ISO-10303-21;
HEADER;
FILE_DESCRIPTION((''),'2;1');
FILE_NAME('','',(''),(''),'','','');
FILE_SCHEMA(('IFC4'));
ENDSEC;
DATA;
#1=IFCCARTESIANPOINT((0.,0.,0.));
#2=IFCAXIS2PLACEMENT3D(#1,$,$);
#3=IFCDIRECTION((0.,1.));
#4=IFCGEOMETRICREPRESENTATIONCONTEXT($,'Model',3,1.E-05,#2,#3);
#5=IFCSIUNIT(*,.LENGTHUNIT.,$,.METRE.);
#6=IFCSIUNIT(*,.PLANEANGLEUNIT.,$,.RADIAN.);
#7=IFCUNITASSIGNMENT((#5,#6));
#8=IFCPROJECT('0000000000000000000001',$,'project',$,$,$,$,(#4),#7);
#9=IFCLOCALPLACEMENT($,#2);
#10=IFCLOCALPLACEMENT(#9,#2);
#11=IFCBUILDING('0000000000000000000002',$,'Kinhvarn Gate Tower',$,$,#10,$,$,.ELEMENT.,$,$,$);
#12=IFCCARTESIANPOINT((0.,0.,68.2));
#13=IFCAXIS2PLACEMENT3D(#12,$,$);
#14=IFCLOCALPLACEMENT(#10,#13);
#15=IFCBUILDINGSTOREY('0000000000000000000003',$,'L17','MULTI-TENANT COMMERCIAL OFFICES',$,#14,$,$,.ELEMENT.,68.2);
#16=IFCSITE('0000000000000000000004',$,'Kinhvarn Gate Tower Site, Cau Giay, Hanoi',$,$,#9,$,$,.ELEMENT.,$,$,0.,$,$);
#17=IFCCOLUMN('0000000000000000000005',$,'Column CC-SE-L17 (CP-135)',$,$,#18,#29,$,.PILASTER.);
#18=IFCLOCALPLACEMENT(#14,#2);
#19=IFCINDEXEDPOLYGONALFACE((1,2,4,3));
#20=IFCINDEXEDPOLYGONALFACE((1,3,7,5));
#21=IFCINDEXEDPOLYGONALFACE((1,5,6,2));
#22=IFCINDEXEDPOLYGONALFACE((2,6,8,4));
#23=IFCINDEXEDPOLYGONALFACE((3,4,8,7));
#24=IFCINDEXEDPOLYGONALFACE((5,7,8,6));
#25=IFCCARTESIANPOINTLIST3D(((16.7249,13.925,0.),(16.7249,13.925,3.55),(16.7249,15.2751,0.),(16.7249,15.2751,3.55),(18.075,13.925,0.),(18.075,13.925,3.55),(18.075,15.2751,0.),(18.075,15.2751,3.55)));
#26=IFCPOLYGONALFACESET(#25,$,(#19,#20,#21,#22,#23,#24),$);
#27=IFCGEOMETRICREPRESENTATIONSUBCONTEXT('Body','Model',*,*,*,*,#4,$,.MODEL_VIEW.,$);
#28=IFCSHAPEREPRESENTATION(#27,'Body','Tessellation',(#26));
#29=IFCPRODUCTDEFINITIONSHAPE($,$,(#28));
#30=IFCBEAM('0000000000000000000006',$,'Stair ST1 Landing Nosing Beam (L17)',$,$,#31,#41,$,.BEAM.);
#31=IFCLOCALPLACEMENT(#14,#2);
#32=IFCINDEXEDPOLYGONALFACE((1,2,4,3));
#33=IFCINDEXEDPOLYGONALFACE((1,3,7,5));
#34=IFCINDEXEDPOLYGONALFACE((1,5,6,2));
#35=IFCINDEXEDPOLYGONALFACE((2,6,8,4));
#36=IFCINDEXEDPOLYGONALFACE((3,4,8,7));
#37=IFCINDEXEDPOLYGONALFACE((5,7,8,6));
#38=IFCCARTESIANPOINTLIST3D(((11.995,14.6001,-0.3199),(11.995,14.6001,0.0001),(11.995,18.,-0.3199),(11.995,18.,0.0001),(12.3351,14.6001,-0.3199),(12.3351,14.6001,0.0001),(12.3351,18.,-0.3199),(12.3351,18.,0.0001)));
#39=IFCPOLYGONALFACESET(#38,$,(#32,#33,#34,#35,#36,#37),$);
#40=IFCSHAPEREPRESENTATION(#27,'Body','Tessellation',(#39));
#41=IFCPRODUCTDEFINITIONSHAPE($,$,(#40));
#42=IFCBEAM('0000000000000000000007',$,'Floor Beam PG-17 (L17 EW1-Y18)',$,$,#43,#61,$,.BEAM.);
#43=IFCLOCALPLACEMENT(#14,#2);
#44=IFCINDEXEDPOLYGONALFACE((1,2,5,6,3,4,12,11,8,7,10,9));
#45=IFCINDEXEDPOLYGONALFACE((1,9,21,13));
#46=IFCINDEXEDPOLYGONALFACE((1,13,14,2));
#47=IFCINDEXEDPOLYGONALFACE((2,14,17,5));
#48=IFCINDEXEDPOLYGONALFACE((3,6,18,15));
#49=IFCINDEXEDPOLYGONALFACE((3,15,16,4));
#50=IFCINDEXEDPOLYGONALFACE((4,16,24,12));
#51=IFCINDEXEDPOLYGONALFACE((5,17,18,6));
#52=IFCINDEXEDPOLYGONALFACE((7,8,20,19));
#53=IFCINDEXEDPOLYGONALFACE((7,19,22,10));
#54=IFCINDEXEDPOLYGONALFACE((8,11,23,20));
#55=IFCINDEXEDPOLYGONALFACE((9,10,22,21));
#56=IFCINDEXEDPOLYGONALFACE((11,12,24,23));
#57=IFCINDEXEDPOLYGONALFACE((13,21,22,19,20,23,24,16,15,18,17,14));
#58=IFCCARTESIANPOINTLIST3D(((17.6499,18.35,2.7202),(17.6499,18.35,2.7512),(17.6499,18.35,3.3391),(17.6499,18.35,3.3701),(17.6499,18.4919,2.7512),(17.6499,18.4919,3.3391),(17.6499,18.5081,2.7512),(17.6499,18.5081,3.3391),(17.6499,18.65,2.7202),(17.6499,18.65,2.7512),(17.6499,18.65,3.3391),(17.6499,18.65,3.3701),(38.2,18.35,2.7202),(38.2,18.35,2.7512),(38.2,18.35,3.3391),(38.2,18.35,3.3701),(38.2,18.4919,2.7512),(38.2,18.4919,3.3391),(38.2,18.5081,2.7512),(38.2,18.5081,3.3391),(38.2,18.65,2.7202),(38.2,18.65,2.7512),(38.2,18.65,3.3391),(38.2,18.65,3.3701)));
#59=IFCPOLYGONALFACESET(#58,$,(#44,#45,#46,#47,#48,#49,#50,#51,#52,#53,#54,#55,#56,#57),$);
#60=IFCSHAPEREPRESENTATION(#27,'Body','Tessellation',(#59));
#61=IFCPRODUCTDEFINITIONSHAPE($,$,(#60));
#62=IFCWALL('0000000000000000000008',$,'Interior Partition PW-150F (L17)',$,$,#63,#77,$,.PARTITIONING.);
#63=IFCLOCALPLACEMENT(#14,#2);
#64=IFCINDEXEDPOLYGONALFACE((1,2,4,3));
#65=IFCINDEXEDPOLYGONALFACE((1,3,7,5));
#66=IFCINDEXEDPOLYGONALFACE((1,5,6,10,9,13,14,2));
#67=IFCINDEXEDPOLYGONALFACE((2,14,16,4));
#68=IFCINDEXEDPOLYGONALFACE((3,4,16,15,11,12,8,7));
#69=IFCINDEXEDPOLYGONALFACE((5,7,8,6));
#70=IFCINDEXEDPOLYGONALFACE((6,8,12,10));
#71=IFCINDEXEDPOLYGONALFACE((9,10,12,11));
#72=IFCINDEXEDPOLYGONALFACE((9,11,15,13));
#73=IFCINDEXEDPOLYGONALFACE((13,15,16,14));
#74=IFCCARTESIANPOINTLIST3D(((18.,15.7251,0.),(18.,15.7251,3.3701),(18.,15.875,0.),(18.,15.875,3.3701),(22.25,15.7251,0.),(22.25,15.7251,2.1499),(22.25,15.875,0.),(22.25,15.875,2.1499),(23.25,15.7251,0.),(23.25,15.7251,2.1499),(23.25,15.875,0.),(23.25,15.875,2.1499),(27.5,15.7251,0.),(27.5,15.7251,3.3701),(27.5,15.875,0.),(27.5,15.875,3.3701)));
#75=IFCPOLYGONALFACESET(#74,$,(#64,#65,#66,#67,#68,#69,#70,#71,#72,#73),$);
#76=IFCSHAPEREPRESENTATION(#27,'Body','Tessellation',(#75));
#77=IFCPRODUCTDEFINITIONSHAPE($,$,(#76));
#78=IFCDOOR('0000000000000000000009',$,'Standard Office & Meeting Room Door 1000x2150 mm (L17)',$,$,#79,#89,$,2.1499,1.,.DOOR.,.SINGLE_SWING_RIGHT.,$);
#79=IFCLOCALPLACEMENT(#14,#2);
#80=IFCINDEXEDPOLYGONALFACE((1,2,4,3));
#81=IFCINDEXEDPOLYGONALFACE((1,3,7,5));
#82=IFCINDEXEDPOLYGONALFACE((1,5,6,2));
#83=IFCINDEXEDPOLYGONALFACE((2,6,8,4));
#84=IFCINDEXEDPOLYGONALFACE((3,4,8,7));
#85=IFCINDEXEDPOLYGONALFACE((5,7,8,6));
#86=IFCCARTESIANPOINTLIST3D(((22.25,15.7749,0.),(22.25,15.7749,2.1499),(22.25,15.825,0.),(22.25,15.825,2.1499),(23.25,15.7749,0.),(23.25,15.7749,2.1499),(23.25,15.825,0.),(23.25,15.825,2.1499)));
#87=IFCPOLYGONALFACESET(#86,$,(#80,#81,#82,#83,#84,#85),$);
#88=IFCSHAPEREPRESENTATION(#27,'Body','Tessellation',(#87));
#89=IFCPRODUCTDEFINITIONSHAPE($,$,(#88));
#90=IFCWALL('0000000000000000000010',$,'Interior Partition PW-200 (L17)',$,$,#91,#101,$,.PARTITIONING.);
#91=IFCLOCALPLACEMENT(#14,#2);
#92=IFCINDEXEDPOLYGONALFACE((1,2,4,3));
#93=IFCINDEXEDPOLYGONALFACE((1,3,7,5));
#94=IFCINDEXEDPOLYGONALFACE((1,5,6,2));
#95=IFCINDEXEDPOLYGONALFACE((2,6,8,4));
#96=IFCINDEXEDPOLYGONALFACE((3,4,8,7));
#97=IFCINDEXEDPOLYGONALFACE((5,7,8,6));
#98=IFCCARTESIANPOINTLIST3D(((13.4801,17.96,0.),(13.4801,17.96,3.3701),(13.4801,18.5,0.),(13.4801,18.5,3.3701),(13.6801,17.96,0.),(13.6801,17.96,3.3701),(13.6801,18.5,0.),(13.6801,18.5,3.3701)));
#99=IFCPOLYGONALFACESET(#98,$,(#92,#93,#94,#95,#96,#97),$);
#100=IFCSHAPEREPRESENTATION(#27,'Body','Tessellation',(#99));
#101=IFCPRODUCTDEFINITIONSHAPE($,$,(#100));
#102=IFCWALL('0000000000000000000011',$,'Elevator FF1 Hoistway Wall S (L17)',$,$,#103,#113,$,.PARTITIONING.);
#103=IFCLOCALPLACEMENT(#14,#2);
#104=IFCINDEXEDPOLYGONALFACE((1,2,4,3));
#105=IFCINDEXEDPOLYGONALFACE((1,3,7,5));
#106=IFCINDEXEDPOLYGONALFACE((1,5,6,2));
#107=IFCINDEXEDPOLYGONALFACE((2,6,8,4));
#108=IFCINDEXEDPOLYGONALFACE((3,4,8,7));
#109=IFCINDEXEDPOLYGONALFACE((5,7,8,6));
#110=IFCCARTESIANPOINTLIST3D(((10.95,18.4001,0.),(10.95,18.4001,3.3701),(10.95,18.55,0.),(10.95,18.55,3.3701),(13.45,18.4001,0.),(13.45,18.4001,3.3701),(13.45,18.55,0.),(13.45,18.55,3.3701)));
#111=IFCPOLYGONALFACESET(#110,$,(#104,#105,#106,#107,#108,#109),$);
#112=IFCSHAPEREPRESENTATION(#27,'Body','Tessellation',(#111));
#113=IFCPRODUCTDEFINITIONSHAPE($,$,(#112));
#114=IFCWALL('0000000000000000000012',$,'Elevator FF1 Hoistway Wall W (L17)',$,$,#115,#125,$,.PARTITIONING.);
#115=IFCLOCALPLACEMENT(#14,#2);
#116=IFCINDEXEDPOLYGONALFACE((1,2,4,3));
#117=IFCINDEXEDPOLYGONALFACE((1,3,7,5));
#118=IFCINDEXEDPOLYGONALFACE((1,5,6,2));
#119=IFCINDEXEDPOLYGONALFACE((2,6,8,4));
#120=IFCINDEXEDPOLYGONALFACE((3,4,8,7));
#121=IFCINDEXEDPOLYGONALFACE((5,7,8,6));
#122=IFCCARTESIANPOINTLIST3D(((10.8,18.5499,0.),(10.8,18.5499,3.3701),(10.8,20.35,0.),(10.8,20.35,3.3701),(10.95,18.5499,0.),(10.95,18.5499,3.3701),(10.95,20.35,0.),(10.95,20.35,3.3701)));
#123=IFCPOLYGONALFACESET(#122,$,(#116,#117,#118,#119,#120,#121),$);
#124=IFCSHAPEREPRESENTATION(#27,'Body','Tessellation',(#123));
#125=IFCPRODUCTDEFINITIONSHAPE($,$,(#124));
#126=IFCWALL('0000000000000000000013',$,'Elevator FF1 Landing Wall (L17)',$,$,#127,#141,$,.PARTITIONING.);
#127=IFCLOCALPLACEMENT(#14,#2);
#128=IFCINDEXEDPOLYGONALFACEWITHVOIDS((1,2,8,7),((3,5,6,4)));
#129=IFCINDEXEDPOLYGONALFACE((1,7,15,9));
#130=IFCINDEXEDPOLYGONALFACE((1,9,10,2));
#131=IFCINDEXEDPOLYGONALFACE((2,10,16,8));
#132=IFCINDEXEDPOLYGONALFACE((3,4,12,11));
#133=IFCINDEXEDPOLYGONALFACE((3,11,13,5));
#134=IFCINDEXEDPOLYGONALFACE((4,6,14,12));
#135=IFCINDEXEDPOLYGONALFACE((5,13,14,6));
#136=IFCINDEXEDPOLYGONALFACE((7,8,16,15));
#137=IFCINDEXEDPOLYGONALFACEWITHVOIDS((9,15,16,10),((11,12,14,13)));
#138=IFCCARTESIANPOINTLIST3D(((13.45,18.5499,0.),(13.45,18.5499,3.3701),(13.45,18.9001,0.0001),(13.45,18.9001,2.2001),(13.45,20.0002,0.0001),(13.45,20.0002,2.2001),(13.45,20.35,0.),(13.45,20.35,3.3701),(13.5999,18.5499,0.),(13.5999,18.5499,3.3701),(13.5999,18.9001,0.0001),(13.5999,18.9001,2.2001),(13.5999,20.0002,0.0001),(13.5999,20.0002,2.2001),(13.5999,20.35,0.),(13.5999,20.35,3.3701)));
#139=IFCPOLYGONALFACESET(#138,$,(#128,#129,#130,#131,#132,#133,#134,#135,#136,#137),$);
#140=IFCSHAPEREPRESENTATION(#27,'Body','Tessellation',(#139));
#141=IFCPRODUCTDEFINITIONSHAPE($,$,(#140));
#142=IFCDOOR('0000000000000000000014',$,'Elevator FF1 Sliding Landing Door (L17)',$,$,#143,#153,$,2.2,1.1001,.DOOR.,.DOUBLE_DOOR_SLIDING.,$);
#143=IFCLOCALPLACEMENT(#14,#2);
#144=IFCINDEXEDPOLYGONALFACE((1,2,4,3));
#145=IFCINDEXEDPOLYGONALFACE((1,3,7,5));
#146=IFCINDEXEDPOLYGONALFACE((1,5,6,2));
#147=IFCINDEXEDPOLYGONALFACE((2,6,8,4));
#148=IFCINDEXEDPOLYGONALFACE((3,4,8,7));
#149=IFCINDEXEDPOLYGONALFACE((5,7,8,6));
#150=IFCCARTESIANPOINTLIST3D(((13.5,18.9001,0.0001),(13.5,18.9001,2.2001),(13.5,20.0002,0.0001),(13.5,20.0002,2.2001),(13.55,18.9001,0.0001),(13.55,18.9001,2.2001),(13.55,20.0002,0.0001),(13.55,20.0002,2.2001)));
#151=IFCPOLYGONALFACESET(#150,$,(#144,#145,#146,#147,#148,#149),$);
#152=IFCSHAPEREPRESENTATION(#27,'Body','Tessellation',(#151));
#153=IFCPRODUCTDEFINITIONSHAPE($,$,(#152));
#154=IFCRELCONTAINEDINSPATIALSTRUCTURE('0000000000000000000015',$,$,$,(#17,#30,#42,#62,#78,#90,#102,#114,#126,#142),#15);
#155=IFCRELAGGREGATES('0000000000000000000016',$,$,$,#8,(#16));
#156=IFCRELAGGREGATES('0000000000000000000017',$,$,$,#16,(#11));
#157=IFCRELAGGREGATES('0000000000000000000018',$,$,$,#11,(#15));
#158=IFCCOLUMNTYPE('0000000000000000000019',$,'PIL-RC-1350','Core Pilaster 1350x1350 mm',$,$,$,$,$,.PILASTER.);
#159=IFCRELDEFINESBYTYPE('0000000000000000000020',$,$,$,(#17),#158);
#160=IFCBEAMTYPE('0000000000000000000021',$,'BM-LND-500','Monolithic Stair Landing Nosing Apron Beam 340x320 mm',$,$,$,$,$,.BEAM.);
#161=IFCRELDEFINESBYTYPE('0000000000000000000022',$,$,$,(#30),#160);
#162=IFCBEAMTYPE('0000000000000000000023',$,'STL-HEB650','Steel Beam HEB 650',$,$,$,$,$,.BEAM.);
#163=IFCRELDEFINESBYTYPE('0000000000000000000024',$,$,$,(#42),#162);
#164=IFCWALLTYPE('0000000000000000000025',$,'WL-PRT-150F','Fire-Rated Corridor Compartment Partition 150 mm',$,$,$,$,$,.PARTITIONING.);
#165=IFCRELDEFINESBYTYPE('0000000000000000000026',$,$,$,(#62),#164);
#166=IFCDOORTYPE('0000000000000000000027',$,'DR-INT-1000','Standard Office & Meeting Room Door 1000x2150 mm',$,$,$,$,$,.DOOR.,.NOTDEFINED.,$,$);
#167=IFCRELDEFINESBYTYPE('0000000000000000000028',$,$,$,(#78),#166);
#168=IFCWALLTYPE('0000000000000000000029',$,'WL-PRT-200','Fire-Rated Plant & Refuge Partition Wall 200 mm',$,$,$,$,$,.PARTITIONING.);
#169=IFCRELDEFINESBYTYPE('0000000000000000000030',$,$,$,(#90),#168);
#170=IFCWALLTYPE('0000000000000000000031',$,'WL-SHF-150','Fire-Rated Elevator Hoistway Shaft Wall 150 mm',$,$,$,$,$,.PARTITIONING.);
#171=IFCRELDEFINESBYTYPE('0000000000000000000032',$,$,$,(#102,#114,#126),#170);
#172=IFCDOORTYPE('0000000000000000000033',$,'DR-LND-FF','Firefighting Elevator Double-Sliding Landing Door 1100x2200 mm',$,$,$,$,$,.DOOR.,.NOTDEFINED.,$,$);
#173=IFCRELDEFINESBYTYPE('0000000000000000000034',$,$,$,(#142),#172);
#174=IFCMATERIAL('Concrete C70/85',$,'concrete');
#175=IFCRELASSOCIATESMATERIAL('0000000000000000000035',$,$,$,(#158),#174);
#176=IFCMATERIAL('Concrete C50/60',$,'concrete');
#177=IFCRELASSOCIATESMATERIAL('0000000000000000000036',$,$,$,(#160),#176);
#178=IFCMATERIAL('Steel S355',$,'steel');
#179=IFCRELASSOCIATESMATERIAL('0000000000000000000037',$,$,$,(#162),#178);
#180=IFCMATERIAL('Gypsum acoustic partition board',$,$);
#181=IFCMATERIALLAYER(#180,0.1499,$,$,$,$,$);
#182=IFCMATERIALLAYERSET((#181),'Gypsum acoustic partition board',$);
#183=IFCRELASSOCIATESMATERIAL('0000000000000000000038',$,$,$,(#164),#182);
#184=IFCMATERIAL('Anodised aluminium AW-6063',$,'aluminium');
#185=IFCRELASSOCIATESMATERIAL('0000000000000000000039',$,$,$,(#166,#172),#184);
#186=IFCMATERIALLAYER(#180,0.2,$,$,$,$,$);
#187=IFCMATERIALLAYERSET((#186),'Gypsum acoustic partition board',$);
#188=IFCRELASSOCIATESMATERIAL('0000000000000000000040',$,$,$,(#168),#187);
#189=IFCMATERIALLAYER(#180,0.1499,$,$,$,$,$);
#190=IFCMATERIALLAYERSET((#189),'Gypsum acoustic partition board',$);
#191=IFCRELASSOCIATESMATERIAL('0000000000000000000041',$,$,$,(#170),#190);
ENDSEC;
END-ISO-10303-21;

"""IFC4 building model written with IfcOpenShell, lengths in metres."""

from ifc_helpers import new_model, si_unit, direction, frame, frame_2d, origin, origin_2d, place, context, subcontext, project, spatial, rectangle, i_section, extrude, material, layer, layer_set, material_profile, profile_set, type_object, element, fill, save


model = new_model("IFC4")

# Units and contexts
model_context = context("Model", 3, precision=1e-05, world=origin(), true_north=direction((0.0, 1.0)))
body_context = subcontext(model_context, "Body", "Model", "MODEL_VIEW")
ifc_project = project(units=[si_unit("LENGTHUNIT", "METRE"), si_unit("PLANEANGLEUNIT", "RADIAN")], contexts=[model_context])

# Site, building, storey
site_placement = place(None, origin())
site = spatial("IfcSite", under=ifc_project, at=site_placement, Name="Kinhvarn Gate Tower Site, Cau Giay, Hanoi", CompositionType="ELEMENT", RefElevation=0.0)
building_placement = place(site_placement, origin())
building = spatial("IfcBuilding", under=site, at=building_placement, Name="Kinhvarn Gate Tower", CompositionType="ELEMENT")
storey_placement = place(building_placement, frame((0.0, 0.0, 68.2)))
storey = spatial("IfcBuildingStorey", under=building, at=storey_placement, Name="L17", Description="MULTI-TENANT COMMERCIAL OFFICES", CompositionType="ELEMENT", Elevation=68.2)

# Column
ifc_material_1 = material(Name="Concrete C70/85", Category="concrete")
ifc_material_profile_1 = material_profile(ifc_material_1, rectangle(XDim=1.3501, YDim=1.3501, at=origin_2d()), Name="RC 1350x1350")
ifc_profile_set_1 = profile_set([ifc_material_profile_1], Name="Concrete C70/85")
column_type = type_object("IfcColumnType", Name="PIL-RC-1350", Description="Core Pilaster 1350x1350 mm", PredefinedType="PILASTER", material=ifc_profile_set_1)
column_placement = place(storey_placement, frame((17.3999, 14.6001, 0.0), z_axis=(0.0, 0.0, 1.0), x_axis=(1.0, 0.0, 0.0)))
element("IfcColumn", 1, at=column_placement, inside=storey, type_object=column_type, Name="Column CC-SE-L17 (CP-135)", PredefinedType="PILASTER", context=body_context, shape_type="SweptSolid", body=[
    extrude(rectangle(XDim=1.3501, YDim=1.3501, at=origin_2d()), origin(), (0.0, 0.0, 1.0), 3.55),
])

# Beams
ifc_material_2 = material(Name="Concrete C50/60", Category="concrete")
ifc_material_profile_2 = material_profile(ifc_material_2, rectangle(XDim=0.3401, YDim=0.3201, at=origin_2d()), Name="RC 340x320")
ifc_profile_set_2 = profile_set([ifc_material_profile_2], Name="Concrete C50/60")
beam_type_1 = type_object("IfcBeamType", Name="BM-LND-500", Description="Monolithic Stair Landing Nosing Apron Beam 340x320 mm", PredefinedType="BEAM", material=ifc_profile_set_2)
beam_1_placement = place(storey_placement, frame((12.165, 14.6001, -0.1599), z_axis=(0.0, 1.0, 0.0), x_axis=(-1.0, 0.0, 0.0)))
element("IfcBeam", 2, at=beam_1_placement, inside=storey, type_object=beam_type_1, Name="Stair ST1 Landing Nosing Beam (L17)", PredefinedType="BEAM", context=body_context, shape_type="SweptSolid", body=[
    extrude(rectangle(XDim=0.3401, YDim=0.3201, at=origin_2d()), origin(), (0.0, 0.0, 1.0), 3.3999),
])
ifc_material_3 = material(Name="Steel S355", Category="steel")
ifc_material_profile_3 = material_profile(ifc_material_3, i_section(OverallWidth=0.3, OverallDepth=0.6499, WebThickness=0.0161, FlangeThickness=0.031, at=origin_2d()), Name="HEB 650")
ifc_profile_set_3 = profile_set([ifc_material_profile_3], Name="Steel S355")
beam_type_2 = type_object("IfcBeamType", Name="STL-HEB650", Description="Steel Beam HEB 650", PredefinedType="BEAM", material=ifc_profile_set_3)
beam_2_placement = place(storey_placement, frame((17.6499, 18.5, 3.0452), z_axis=(1.0, 0.0, 0.0), x_axis=(0.0, 1.0, 0.0)))
element("IfcBeam", 3, at=beam_2_placement, inside=storey, type_object=beam_type_2, Name="Floor Beam PG-17 (L17 EW1-Y18)", PredefinedType="BEAM", context=body_context, shape_type="SweptSolid", body=[
    extrude(i_section(OverallWidth=0.3, OverallDepth=0.6499, WebThickness=0.0161, FlangeThickness=0.031, at=origin_2d()), origin(), (0.0, 0.0, 1.0), 20.55),
])

# Wall, opening, door
ifc_material_4 = material(Name="Anodised aluminium AW-6063", Category="aluminium")
ifc_material_5 = material(Name="Gypsum acoustic partition board")
ifc_layer_1 = layer(ifc_material_5, 0.1499)
ifc_layer_set_1 = layer_set([ifc_layer_1], Name="Gypsum acoustic partition board")
wall_type_1 = type_object("IfcWallType", Name="WL-PRT-150F", Description="Fire-Rated Corridor Compartment Partition 150 mm", PredefinedType="PARTITIONING", material=ifc_layer_set_1)
wall_1_placement = place(storey_placement, frame((18.0, 15.8, 0.0), z_axis=(0.0, 0.0, 1.0), x_axis=(1.0, 0.0, 0.0)))
wall_1 = element("IfcWall", 4, at=wall_1_placement, inside=storey, type_object=wall_type_1, Name="Interior Partition PW-150F (L17)", PredefinedType="PARTITIONING", context=body_context, shape_type="SweptSolid", body=[
    extrude(rectangle(XDim=9.5, YDim=0.1499, at=frame_2d((4.75, 0.0))), origin(), (0.0, 0.0, 1.0), 3.3701),
])
opening_1_placement = place(wall_1_placement, frame((4.25, 0.0, 0.0)))
opening_1 = element("IfcOpeningElement", 5, at=opening_1_placement, cuts=wall_1, PredefinedType="OPENING", context=body_context, shape_type="SweptSolid", body=[
    extrude(rectangle(XDim=1.0, YDim=2.1499, at=frame_2d((0.5, 1.075))), frame((0.0, 0.085, 0.0), z_axis=(0.0, -1.0, 0.0), x_axis=(1.0, 0.0, 0.0)), (0.0, 0.0, 1.0), 0.1699),
])
door_type_1 = type_object("IfcDoorType", Name="DR-INT-1000", Description="Standard Office & Meeting Room Door 1000x2150 mm", OperationType="NOTDEFINED", PredefinedType="DOOR", material=ifc_material_4)
door_1_placement = place(opening_1_placement, origin())
door_1 = element("IfcDoor", 6, at=door_1_placement, inside=storey, type_object=door_type_1, Name="Standard Office & Meeting Room Door 1000x2150 mm (L17)", OperationType="SINGLE_SWING_RIGHT", OverallHeight=2.1499, OverallWidth=1.0, PredefinedType="DOOR", context=body_context, shape_type="SweptSolid", body=[
    extrude(rectangle(XDim=1.0, YDim=2.1499, at=frame_2d((0.5, 1.075))), frame((0.0, 0.0249, 0.0), z_axis=(0.0, -1.0, 0.0), x_axis=(1.0, 0.0, 0.0)), (0.0, 0.0, 1.0), 0.05),
])
fill(opening_1, door_1)

# Walls
ifc_layer_2 = layer(ifc_material_5, 0.2)
ifc_layer_set_2 = layer_set([ifc_layer_2], Name="Gypsum acoustic partition board")
wall_type_2 = type_object("IfcWallType", Name="WL-PRT-200", Description="Fire-Rated Plant & Refuge Partition Wall 200 mm", PredefinedType="PARTITIONING", material=ifc_layer_set_2)
wall_2_placement = place(storey_placement, frame((13.5801, 17.96, 0.0), z_axis=(0.0, 0.0, 1.0), x_axis=(0.0, 1.0, 0.0)))
element("IfcWall", 7, at=wall_2_placement, inside=storey, type_object=wall_type_2, Name="Interior Partition PW-200 (L17)", PredefinedType="PARTITIONING", context=body_context, shape_type="SweptSolid", body=[
    extrude(rectangle(XDim=0.54, YDim=0.2, at=frame_2d((0.27, 0.0))), origin(), (0.0, 0.0, 1.0), 3.3701),
])
ifc_layer_3 = layer(ifc_material_5, 0.1499)
ifc_layer_set_3 = layer_set([ifc_layer_3], Name="Gypsum acoustic partition board")
wall_type_3 = type_object("IfcWallType", Name="WL-SHF-150", Description="Fire-Rated Elevator Hoistway Shaft Wall 150 mm", PredefinedType="PARTITIONING", material=ifc_layer_set_3)
wall_3_placement = place(storey_placement, frame((10.95, 18.4751, 0.0), z_axis=(0.0, 0.0, 1.0), x_axis=(1.0, 0.0, 0.0)))
element("IfcWall", 8, at=wall_3_placement, inside=storey, type_object=wall_type_3, Name="Elevator FF1 Hoistway Wall S (L17)", PredefinedType="PARTITIONING", context=body_context, shape_type="SweptSolid", body=[
    extrude(rectangle(XDim=2.5, YDim=0.1499, at=frame_2d((1.25, 0.0))), origin(), (0.0, 0.0, 1.0), 3.3701),
])
wall_4_placement = place(storey_placement, frame((10.875, 18.55, 0.0), z_axis=(0.0, 0.0, 1.0), x_axis=(0.0, 1.0, 0.0)))
element("IfcWall", 9, at=wall_4_placement, inside=storey, type_object=wall_type_3, Name="Elevator FF1 Hoistway Wall W (L17)", PredefinedType="PARTITIONING", context=body_context, shape_type="SweptSolid", body=[
    extrude(rectangle(XDim=1.8, YDim=0.1499, at=frame_2d((0.8999, 0.0))), origin(), (0.0, 0.0, 1.0), 3.3701),
])

# Wall, opening, door
wall_5_placement = place(storey_placement, frame((13.5249, 18.55, 0.0), z_axis=(0.0, 0.0, 1.0), x_axis=(0.0, 1.0, 0.0)))
wall_5 = element("IfcWall", 10, at=wall_5_placement, inside=storey, type_object=wall_type_3, Name="Elevator FF1 Landing Wall (L17)", PredefinedType="PARTITIONING", context=body_context, shape_type="SweptSolid", body=[
    extrude(rectangle(XDim=1.8, YDim=0.1499, at=frame_2d((0.8999, 0.0))), origin(), (0.0, 0.0, 1.0), 3.3701),
])
opening_2_placement = place(wall_5_placement, frame((0.3501, 0.0, 0.0)))
opening_2 = element("IfcOpeningElement", 11, at=opening_2_placement, cuts=wall_5, PredefinedType="OPENING", context=body_context, shape_type="SweptSolid", body=[
    extrude(rectangle(XDim=1.1001, YDim=2.2, at=frame_2d((0.55, 1.1001))), frame((0.0, 0.085, 0.0), z_axis=(0.0, -1.0, 0.0), x_axis=(1.0, 0.0, 0.0)), (0.0, 0.0, 1.0), 0.1699),
])
door_type_2 = type_object("IfcDoorType", Name="DR-LND-FF", Description="Firefighting Elevator Double-Sliding Landing Door 1100x2200 mm", OperationType="NOTDEFINED", PredefinedType="DOOR", material=ifc_material_4)
door_2_placement = place(opening_2_placement, origin())
door_2 = element("IfcDoor", 12, at=door_2_placement, inside=storey, type_object=door_type_2, Name="Elevator FF1 Sliding Landing Door (L17)", OperationType="DOUBLE_DOOR_SLIDING", OverallHeight=2.2, OverallWidth=1.1001, PredefinedType="DOOR", context=body_context, shape_type="SweptSolid", body=[
    extrude(rectangle(XDim=1.1001, YDim=2.2, at=frame_2d((0.55, 1.1001))), frame((0.0, 0.0249, 0.0), z_axis=(0.0, -1.0, 0.0), x_axis=(1.0, 0.0, 0.0)), (0.0, 0.0, 1.0), 0.05),
])
fill(opening_2, door_2)

save(model, "model.ifc")
